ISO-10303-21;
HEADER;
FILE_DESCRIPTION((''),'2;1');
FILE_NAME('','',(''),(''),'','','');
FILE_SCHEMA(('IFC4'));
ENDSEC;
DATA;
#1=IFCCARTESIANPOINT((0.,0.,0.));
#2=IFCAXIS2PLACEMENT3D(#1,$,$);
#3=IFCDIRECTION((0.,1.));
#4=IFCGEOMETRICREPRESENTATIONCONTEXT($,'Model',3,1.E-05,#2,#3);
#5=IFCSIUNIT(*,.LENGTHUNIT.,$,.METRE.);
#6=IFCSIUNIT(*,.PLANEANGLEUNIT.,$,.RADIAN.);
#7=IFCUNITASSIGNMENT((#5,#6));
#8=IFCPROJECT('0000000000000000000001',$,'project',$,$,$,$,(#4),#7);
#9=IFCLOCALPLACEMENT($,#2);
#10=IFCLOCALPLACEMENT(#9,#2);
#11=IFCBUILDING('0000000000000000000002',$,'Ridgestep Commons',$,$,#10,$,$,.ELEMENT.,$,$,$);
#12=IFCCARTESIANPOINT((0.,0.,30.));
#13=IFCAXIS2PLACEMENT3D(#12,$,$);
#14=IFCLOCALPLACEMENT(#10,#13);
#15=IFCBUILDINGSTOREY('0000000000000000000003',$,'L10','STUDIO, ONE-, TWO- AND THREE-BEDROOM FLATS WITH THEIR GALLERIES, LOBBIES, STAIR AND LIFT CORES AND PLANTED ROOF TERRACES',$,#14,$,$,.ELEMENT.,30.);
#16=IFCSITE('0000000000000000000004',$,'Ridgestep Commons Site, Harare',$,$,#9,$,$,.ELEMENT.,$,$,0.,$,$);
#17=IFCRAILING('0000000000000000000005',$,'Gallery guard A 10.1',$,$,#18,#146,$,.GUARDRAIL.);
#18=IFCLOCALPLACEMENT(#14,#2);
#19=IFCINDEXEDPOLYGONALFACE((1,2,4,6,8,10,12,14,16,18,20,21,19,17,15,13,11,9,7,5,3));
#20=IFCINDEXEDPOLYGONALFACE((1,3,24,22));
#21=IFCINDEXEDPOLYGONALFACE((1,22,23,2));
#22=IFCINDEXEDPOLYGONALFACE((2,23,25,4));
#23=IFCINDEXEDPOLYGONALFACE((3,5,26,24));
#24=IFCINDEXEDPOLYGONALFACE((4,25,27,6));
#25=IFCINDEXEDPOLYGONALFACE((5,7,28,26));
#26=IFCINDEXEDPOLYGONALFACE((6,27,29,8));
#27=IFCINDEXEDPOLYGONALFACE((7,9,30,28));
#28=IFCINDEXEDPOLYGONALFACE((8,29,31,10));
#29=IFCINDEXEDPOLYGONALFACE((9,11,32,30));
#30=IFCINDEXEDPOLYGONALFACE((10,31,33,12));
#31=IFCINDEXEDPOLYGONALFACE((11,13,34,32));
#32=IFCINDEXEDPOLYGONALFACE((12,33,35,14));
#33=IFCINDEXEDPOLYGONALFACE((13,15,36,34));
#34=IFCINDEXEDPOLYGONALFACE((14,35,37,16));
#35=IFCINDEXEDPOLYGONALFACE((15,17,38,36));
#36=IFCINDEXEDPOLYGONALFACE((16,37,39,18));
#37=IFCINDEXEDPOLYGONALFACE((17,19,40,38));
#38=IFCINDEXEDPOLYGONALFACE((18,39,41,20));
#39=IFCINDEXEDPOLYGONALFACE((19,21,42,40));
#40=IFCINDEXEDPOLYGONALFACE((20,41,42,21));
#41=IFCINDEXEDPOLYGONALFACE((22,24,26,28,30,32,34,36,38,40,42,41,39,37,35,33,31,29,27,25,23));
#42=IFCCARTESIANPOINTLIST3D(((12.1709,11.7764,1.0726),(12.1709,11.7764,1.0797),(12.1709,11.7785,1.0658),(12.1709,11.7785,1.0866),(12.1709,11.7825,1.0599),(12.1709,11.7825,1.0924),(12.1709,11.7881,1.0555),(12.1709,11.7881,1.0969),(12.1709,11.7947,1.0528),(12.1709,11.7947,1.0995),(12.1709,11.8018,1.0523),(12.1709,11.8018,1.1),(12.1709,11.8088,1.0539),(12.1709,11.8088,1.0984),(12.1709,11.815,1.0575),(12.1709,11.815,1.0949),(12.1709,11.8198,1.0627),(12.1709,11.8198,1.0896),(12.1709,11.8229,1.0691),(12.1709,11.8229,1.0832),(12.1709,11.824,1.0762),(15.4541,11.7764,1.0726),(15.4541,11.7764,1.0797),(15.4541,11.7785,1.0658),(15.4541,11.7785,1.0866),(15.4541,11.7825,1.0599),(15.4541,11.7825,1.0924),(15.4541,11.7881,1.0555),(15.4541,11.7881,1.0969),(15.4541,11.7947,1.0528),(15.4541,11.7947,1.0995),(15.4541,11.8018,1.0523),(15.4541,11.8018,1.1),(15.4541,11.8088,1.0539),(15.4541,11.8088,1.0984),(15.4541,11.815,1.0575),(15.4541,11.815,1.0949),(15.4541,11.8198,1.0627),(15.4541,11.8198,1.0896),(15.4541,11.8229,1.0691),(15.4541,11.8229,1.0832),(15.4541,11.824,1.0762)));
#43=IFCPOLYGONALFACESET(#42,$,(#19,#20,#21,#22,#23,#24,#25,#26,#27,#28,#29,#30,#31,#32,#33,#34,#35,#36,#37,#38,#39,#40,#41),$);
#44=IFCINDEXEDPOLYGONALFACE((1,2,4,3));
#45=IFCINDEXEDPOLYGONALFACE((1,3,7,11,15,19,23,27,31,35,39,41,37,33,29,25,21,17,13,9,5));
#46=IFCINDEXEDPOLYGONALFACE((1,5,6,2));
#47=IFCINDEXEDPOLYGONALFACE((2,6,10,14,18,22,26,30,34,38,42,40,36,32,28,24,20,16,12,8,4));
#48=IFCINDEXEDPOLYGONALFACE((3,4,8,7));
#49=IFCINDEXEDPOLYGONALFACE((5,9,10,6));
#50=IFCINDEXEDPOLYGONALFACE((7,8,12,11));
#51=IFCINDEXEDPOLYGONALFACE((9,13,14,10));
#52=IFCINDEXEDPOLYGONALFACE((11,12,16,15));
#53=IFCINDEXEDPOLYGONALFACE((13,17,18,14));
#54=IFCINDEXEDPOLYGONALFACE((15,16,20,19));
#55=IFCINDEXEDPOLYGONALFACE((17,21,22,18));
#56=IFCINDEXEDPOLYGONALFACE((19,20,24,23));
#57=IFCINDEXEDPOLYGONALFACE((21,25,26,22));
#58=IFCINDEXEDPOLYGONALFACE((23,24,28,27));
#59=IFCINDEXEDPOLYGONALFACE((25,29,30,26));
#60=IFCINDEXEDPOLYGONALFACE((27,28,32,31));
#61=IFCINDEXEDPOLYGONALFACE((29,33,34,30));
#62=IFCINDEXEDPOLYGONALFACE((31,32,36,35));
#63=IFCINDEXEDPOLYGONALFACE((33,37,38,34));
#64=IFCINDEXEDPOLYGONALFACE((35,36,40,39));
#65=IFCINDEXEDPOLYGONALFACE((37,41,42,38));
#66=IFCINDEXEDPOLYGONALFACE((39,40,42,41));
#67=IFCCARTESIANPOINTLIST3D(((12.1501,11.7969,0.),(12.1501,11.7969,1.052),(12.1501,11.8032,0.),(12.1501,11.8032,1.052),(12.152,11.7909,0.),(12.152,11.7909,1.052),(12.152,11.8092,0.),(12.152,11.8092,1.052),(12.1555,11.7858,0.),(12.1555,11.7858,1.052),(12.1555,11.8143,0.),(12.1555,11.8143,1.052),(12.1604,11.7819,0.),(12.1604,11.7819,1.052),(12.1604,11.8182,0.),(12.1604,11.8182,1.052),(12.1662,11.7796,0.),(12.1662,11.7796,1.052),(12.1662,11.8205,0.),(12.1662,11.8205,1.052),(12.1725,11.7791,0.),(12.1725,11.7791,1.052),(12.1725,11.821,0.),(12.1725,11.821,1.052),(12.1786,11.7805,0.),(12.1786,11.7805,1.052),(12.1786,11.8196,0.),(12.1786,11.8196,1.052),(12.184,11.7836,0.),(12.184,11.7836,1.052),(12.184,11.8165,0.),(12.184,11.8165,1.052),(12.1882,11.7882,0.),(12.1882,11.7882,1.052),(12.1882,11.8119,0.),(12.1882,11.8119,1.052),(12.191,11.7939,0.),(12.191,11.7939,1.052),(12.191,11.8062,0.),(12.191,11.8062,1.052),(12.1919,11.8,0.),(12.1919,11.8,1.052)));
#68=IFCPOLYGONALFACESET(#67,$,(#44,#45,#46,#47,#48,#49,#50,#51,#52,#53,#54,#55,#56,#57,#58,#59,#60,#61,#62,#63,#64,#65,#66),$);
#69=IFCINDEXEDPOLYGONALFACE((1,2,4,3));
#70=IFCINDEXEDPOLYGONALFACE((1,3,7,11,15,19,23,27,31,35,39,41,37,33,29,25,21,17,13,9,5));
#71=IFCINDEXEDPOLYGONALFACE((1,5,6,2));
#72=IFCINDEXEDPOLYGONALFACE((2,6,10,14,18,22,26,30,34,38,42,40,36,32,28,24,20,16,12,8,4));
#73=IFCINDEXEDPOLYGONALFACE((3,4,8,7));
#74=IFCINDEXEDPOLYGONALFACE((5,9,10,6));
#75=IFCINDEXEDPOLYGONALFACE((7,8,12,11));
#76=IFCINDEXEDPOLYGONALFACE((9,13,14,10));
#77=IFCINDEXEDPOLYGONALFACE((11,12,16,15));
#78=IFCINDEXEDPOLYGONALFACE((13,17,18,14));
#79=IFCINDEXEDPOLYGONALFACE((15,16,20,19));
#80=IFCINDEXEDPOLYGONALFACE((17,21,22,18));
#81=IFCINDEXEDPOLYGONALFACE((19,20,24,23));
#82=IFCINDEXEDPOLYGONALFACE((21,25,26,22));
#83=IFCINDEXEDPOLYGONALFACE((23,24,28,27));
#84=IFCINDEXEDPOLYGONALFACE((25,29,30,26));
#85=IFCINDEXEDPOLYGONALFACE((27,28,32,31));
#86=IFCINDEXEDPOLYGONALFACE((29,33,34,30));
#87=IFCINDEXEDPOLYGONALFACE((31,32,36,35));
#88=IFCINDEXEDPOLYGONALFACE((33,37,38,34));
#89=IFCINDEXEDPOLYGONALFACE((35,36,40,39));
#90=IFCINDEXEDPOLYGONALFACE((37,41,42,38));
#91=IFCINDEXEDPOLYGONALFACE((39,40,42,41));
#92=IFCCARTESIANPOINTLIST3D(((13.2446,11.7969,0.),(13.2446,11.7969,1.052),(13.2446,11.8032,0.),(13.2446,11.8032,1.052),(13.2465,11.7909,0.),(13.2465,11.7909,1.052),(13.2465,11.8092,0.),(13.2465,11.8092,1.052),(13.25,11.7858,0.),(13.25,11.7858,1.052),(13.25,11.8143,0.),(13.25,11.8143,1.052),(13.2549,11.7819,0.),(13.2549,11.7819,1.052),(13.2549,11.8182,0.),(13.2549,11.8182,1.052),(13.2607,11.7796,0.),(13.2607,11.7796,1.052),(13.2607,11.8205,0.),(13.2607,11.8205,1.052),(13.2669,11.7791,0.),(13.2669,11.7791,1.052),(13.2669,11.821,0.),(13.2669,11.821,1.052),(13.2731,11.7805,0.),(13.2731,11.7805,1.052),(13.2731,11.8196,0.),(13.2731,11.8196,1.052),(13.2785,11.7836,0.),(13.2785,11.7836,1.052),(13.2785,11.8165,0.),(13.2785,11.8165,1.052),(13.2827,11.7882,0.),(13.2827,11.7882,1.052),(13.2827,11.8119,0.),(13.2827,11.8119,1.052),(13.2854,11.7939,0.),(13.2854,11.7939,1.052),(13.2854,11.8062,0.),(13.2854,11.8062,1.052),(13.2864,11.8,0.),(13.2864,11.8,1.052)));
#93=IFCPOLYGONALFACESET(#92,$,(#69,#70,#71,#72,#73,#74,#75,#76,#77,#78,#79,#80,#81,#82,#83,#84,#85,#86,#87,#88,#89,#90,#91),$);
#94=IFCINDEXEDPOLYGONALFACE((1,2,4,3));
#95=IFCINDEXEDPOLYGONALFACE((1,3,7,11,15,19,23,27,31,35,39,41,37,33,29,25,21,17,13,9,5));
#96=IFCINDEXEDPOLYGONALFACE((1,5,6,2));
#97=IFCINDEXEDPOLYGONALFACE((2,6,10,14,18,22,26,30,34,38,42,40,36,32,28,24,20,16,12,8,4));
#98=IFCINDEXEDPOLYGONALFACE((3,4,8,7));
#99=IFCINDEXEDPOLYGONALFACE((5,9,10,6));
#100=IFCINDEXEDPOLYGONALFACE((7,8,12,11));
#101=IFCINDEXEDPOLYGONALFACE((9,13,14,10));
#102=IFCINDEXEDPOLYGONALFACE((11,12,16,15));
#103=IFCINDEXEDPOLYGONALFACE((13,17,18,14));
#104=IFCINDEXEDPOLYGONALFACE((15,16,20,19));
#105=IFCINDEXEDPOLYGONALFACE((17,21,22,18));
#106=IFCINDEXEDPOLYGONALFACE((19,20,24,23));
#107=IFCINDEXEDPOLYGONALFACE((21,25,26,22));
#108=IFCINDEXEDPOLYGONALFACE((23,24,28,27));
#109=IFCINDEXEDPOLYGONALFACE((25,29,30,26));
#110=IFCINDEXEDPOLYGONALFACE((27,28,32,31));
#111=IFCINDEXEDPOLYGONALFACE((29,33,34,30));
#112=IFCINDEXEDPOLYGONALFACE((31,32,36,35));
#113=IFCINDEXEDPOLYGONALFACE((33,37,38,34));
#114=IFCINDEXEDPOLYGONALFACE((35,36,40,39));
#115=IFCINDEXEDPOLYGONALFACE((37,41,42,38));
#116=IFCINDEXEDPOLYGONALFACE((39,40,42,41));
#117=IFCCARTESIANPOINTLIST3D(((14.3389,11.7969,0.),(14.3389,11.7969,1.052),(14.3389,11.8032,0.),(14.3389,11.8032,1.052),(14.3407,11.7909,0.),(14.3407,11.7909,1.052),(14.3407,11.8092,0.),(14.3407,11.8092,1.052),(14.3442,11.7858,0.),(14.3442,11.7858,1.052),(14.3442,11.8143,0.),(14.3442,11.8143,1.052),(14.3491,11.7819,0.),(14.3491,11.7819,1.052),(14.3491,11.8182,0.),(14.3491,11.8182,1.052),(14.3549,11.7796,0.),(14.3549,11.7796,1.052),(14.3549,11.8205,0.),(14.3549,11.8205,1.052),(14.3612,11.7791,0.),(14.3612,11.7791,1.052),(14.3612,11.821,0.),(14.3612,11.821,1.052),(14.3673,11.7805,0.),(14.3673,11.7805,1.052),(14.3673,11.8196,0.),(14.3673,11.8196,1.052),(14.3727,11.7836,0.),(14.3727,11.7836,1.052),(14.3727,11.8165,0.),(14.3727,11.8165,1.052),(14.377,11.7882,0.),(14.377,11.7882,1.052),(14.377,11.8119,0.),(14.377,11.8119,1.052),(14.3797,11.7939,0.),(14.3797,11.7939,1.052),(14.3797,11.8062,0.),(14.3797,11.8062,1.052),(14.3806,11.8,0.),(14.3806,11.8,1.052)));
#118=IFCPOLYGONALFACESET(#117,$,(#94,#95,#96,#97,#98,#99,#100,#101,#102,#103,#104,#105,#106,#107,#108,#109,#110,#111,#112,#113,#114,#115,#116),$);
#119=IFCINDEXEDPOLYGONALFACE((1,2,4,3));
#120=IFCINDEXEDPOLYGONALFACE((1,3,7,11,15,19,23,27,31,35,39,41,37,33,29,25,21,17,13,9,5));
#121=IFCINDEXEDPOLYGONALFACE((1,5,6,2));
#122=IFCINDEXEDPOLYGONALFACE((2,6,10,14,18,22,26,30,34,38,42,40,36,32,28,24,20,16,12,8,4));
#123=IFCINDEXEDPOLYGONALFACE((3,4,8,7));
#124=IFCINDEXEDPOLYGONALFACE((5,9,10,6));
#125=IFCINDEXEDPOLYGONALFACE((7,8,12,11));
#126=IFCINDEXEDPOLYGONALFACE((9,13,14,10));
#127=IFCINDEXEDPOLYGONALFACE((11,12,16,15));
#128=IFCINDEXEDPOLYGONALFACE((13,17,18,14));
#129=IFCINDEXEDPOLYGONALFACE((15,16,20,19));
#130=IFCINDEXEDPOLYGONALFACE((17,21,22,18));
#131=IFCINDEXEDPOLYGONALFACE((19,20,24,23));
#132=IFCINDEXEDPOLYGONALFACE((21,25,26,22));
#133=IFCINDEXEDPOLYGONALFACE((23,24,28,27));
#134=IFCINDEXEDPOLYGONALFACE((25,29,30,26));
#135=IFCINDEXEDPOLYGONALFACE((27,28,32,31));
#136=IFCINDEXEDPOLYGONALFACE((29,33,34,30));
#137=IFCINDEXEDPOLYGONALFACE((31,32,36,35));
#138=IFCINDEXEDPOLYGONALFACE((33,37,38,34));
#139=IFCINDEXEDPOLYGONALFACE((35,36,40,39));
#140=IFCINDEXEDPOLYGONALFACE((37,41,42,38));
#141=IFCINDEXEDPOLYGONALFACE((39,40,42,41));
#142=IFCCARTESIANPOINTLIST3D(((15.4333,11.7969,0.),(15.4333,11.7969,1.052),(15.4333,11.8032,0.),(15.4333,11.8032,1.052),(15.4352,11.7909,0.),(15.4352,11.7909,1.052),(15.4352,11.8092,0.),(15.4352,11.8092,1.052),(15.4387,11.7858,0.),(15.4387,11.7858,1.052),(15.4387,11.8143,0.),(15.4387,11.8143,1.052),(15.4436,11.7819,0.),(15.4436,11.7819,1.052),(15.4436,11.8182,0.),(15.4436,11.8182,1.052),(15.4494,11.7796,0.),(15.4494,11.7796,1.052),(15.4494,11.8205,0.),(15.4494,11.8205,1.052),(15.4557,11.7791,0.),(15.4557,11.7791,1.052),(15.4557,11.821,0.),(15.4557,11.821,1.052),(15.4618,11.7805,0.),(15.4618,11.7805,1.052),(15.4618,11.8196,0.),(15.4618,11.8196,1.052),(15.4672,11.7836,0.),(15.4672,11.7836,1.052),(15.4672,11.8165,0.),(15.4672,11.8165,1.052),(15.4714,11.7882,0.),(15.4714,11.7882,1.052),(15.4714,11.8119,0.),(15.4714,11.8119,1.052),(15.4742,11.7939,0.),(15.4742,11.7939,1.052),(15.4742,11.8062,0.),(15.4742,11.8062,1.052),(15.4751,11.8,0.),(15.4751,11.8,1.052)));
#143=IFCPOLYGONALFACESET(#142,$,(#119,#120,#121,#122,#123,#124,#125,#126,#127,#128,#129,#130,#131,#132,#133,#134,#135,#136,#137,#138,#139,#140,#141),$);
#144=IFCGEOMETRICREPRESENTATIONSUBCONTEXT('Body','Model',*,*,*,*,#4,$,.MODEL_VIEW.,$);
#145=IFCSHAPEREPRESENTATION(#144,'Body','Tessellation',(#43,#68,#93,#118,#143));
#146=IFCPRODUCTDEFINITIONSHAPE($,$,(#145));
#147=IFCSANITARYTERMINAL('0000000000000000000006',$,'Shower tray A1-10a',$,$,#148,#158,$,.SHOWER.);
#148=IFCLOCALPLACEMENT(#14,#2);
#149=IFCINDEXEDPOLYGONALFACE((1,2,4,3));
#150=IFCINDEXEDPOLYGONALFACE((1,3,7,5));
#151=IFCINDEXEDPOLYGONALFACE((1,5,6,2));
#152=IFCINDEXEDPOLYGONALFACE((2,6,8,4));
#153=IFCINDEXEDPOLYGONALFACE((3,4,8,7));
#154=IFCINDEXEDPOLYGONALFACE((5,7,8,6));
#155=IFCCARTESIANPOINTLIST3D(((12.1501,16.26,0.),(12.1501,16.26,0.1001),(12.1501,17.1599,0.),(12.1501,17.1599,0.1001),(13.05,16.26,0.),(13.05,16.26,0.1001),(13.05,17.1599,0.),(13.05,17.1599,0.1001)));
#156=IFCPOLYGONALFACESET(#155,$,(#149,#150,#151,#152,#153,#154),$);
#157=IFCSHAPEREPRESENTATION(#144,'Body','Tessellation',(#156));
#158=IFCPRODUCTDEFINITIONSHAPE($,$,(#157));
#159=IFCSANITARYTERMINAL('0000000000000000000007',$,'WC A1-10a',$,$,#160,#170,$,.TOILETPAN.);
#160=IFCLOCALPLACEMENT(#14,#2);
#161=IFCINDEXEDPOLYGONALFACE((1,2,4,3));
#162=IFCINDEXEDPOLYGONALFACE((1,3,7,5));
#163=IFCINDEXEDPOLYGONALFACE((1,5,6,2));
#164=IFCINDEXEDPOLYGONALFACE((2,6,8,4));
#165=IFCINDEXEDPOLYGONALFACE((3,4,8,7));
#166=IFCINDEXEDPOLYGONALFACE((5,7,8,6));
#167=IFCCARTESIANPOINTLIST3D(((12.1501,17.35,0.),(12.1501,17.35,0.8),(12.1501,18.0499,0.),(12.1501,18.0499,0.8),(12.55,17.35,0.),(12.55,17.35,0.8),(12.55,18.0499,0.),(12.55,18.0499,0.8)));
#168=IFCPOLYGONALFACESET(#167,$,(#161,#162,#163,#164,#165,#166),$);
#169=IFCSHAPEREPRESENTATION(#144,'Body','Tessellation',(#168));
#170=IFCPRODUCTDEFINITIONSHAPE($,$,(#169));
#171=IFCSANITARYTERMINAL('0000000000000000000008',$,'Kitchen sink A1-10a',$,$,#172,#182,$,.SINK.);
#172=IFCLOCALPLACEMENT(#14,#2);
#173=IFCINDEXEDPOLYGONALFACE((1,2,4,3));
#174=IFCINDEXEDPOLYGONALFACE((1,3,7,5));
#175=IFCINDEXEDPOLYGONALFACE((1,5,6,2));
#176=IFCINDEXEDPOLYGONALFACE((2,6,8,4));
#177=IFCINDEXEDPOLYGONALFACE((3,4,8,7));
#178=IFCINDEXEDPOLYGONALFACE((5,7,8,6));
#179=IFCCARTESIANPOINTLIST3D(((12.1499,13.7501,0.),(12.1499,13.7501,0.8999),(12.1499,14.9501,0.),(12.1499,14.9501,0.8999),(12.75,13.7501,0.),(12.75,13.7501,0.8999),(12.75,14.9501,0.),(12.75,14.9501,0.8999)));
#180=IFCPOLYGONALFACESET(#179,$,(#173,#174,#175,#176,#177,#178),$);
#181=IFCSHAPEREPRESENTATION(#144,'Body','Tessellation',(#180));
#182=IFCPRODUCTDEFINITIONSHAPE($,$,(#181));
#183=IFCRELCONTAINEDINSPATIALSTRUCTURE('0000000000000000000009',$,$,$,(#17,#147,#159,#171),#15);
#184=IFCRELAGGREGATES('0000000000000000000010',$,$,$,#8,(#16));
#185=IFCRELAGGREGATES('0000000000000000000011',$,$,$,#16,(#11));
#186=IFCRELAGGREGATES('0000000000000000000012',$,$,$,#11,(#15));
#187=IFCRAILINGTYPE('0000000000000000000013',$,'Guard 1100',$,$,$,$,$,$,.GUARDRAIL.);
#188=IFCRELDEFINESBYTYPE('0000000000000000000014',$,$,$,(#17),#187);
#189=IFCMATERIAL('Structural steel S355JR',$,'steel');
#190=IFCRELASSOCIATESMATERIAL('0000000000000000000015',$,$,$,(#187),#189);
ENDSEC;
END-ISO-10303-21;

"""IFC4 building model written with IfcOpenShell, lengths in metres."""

from ifc_helpers import new_model, si_unit, direction, frame, origin, origin_2d, place, context, subcontext, project, spatial, rectangle, circle, extrude, material, type_object, element, save


model = new_model("IFC4")

# Units and contexts
model_context = context("Model", 3, precision=1e-05, world=origin(), true_north=direction((0.0, 1.0)))
body_context = subcontext(model_context, "Body", "Model", "MODEL_VIEW")
ifc_project = project(units=[si_unit("LENGTHUNIT", "METRE"), si_unit("PLANEANGLEUNIT", "RADIAN")], contexts=[model_context])

# Site, building, storey
site_placement = place(None, origin())
site = spatial("IfcSite", under=ifc_project, at=site_placement, Name="Ridgestep Commons Site, Harare", CompositionType="ELEMENT", RefElevation=0.0)
building_placement = place(site_placement, origin())
building = spatial("IfcBuilding", under=site, at=building_placement, Name="Ridgestep Commons", CompositionType="ELEMENT")
storey_placement = place(building_placement, frame((0.0, 0.0, 30.0)))
storey = spatial("IfcBuildingStorey", under=building, at=storey_placement, Name="L10", Description="STUDIO, ONE-, TWO- AND THREE-BEDROOM FLATS WITH THEIR GALLERIES, LOBBIES, STAIR AND LIFT CORES AND PLANTED ROOF TERRACES", CompositionType="ELEMENT", Elevation=30.0)

# Railing
ifc_material_1 = material(Name="Structural steel S355JR", Category="steel")
railing_type = type_object("IfcRailingType", Name="Guard 1100", PredefinedType="GUARDRAIL", material=ifc_material_1)
railing_placement = place(storey_placement, frame((12.1709, 11.8, 0.0)))
element("IfcRailing", 1, at=railing_placement, inside=storey, type_object=railing_type, Name="Gallery guard A 10.1", PredefinedType="GUARDRAIL", context=body_context, shape_type="SweptSolid", body=[
    extrude(circle(Radius=0.0239, at=origin_2d()), frame((0.0, 0.0, 1.0762), z_axis=(1.0, 0.0, 0.0), x_axis=(0.0, 1.0, 0.0)), (0.0, 0.0, 1.0), 3.2832),
    extrude(circle(Radius=0.021, at=origin_2d()), origin(), (0.0, 0.0, 1.0), 1.052),
    extrude(circle(Radius=0.021, at=origin_2d()), frame((1.0945, 0.0, 0.0)), (0.0, 0.0, 1.0), 1.052),
    extrude(circle(Radius=0.021, at=origin_2d()), frame((2.1887, 0.0, 0.0)), (0.0, 0.0, 1.0), 1.052),
    extrude(circle(Radius=0.021, at=origin_2d()), frame((3.2832, 0.0, 0.0)), (0.0, 0.0, 1.0), 1.052),
])

# Sanitary terminals
sanitary_terminal_1_placement = place(storey_placement, frame((12.6001, 16.71, 0.0), z_axis=(0.0, 0.0, 1.0), x_axis=(1.0, 0.0, 0.0)))
element("IfcSanitaryTerminal", 2, at=sanitary_terminal_1_placement, inside=storey, Name="Shower tray A1-10a", PredefinedType="SHOWER", context=body_context, shape_type="SweptSolid", body=[
    extrude(rectangle(XDim=0.8999, YDim=0.8999, at=origin_2d()), origin(), (0.0, 0.0, 1.0), 0.1001),
])
sanitary_terminal_2_placement = place(storey_placement, frame((12.3501, 17.7, 0.0), z_axis=(0.0, 0.0, 1.0), x_axis=(1.0, 0.0, 0.0)))
element("IfcSanitaryTerminal", 3, at=sanitary_terminal_2_placement, inside=storey, Name="WC A1-10a", PredefinedType="TOILETPAN", context=body_context, shape_type="SweptSolid", body=[
    extrude(rectangle(XDim=0.3999, YDim=0.7, at=origin_2d()), origin(), (0.0, 0.0, 1.0), 0.8),
])
sanitary_terminal_3_placement = place(storey_placement, frame((12.45, 14.3501, 0.0), z_axis=(0.0, 0.0, 1.0), x_axis=(1.0, 0.0, 0.0)))
element("IfcSanitaryTerminal", 4, at=sanitary_terminal_3_placement, inside=storey, Name="Kitchen sink A1-10a", PredefinedType="SINK", context=body_context, shape_type="SweptSolid", body=[
    extrude(rectangle(XDim=0.6001, YDim=1.2, at=origin_2d()), origin(), (0.0, 0.0, 1.0), 0.8999),
])

save(model, "model.ifc")
